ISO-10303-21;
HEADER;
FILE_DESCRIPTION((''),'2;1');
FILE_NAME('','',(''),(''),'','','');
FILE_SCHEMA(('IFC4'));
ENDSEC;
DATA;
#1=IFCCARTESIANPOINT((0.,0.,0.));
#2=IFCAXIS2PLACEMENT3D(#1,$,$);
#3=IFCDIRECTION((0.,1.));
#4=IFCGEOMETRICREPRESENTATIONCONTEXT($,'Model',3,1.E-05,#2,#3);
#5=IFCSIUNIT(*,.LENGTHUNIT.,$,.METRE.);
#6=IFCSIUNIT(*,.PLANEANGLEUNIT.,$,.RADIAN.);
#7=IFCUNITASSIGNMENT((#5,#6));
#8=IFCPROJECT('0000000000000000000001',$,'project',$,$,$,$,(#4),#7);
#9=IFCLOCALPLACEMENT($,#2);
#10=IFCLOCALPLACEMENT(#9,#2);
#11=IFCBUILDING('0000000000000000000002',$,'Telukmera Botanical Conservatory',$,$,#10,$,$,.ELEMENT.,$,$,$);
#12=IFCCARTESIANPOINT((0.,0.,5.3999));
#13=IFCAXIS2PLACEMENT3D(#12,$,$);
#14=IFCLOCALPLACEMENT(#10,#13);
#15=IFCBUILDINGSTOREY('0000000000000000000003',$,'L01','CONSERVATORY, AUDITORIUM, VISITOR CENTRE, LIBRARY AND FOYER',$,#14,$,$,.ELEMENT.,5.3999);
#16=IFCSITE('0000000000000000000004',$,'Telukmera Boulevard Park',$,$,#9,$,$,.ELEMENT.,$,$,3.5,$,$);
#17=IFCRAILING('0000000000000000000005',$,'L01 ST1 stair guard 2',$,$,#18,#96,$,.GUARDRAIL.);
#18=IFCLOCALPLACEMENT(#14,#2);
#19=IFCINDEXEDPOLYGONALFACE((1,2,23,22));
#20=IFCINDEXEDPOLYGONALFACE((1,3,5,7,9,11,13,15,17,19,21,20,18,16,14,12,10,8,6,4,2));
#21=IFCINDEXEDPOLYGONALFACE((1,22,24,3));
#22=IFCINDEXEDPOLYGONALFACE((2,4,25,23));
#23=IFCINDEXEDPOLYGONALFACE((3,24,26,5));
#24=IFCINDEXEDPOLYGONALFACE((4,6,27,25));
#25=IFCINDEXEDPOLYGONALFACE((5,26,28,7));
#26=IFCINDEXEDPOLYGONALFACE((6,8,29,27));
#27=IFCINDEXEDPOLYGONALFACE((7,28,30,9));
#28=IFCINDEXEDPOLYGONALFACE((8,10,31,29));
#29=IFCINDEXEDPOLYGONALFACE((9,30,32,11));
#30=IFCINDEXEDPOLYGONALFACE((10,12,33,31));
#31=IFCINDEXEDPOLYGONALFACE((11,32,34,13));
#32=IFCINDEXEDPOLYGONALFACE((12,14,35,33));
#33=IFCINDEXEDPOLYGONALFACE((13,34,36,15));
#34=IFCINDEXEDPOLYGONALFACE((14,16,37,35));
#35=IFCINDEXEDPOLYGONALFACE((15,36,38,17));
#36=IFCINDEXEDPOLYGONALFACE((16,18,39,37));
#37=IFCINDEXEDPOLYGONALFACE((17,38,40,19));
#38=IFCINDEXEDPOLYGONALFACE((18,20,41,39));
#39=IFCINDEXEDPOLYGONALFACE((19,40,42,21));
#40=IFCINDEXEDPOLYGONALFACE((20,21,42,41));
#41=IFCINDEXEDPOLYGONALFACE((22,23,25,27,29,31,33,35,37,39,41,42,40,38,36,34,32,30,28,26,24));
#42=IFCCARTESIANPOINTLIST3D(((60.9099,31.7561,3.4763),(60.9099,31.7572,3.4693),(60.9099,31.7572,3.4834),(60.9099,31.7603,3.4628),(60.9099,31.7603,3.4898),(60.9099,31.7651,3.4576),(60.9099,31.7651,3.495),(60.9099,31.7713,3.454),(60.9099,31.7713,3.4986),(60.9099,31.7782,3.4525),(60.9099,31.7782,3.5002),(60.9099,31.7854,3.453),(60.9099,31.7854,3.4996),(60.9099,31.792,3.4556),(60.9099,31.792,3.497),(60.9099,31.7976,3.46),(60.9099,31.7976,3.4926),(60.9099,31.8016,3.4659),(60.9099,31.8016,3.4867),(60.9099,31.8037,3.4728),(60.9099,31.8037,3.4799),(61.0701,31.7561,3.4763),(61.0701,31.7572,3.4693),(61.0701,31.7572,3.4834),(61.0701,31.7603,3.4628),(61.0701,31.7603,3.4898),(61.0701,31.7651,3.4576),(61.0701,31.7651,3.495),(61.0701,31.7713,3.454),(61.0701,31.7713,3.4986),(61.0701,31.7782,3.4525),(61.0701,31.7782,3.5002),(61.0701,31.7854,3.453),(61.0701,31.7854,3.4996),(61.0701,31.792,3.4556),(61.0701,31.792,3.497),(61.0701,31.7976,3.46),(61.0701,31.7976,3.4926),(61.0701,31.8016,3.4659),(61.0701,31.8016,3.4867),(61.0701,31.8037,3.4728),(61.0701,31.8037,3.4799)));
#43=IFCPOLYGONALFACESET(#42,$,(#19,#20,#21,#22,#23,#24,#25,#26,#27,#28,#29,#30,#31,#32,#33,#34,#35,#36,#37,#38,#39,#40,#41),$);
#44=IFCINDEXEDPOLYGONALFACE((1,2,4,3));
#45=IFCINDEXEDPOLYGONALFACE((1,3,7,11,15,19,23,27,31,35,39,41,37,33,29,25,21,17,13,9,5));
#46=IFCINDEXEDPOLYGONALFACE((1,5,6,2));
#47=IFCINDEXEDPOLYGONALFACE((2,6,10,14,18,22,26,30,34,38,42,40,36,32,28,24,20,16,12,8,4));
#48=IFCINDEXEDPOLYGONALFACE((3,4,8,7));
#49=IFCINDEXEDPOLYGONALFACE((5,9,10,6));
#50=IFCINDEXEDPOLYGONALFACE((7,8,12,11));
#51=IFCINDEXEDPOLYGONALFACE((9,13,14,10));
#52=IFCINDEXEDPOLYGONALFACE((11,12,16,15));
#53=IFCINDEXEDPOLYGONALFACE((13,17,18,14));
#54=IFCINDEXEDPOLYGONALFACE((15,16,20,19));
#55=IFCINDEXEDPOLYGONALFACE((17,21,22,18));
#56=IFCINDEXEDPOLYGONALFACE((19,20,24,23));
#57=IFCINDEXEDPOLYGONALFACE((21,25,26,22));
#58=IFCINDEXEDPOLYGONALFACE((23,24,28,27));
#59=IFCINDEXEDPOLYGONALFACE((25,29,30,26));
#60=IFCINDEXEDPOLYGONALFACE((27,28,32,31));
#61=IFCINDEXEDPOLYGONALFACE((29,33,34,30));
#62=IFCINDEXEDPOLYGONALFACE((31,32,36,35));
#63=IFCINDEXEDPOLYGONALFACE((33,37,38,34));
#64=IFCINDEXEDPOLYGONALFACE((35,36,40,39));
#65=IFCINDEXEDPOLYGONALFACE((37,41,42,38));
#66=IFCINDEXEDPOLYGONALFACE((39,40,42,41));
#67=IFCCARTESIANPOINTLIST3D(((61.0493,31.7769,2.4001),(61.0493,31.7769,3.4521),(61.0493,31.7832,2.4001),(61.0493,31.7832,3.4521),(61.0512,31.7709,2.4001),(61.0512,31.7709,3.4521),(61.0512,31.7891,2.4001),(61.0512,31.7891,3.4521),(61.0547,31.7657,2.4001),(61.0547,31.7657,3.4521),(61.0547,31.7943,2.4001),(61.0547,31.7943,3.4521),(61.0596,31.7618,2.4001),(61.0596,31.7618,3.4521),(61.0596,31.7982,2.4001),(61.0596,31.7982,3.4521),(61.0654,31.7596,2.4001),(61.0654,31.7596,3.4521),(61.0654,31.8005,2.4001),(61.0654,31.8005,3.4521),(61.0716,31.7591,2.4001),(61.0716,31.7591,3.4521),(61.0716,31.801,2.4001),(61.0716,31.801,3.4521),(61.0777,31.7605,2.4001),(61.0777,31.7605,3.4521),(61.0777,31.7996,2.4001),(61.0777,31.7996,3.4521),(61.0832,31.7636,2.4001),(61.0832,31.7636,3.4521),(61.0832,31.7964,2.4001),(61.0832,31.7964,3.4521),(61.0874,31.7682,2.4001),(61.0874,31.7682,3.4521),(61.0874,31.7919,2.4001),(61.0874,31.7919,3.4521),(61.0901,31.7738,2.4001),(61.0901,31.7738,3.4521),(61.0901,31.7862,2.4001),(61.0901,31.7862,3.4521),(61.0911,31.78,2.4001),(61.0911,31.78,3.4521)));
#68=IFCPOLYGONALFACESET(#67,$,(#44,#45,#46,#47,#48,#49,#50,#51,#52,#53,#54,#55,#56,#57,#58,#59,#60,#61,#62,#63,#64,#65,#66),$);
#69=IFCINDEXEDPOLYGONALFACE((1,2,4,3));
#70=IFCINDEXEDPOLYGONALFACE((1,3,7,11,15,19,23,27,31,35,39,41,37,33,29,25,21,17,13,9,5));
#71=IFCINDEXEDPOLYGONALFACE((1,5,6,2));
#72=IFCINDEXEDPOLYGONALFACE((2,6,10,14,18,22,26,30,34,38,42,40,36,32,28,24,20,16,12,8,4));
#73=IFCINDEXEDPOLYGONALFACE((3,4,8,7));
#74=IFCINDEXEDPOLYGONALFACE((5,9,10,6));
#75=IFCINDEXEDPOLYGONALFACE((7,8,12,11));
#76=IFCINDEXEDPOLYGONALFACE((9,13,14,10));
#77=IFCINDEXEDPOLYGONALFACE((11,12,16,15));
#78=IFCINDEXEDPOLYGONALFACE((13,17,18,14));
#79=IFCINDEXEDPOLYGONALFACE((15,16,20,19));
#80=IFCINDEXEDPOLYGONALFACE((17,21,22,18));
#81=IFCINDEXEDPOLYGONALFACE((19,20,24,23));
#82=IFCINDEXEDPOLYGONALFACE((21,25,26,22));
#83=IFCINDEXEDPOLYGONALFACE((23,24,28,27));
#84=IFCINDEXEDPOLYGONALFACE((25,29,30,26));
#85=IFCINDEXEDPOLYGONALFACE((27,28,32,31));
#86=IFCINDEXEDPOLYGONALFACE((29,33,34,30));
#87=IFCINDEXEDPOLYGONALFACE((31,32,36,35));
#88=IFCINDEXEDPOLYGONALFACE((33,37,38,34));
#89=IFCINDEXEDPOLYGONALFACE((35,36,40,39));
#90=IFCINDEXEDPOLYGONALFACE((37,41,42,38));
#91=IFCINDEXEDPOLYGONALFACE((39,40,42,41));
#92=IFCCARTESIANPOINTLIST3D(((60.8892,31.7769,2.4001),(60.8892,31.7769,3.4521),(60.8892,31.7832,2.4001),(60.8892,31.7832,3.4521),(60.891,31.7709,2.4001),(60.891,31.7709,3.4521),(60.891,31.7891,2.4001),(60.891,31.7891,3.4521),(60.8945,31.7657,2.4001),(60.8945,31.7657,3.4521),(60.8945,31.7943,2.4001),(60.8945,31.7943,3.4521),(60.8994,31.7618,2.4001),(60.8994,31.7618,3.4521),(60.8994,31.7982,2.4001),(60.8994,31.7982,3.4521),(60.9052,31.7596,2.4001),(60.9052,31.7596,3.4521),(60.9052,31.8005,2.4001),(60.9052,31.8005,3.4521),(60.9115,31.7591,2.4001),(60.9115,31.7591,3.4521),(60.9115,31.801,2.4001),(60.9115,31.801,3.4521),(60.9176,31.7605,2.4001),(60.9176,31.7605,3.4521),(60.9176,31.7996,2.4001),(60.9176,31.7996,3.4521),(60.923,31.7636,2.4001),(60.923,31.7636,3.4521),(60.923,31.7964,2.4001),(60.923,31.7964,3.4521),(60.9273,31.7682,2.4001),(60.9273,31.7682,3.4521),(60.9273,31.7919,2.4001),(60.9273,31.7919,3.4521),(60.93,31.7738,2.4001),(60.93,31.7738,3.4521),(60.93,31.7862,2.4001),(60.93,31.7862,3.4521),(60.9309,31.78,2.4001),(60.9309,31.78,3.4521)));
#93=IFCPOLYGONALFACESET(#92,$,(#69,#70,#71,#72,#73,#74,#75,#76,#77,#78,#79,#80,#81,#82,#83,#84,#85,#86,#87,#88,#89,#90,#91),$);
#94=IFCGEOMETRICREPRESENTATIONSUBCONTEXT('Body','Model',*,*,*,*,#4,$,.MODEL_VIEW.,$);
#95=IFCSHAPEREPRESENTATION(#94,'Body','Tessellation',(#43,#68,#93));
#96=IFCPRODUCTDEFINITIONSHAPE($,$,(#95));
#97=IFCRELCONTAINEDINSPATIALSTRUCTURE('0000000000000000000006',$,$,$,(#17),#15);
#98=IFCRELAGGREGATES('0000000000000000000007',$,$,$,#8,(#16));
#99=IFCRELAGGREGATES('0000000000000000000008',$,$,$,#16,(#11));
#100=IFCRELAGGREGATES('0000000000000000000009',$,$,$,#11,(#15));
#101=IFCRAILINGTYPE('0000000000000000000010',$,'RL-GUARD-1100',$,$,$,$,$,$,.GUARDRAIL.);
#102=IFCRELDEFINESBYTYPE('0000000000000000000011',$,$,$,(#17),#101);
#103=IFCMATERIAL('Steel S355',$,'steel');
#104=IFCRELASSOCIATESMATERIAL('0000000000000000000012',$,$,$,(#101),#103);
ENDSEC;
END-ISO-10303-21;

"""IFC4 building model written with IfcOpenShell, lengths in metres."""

from ifc_helpers import new_model, si_unit, direction, frame, origin, origin_2d, place, context, subcontext, project, spatial, circle, extrude, material, type_object, element, save


model = new_model("IFC4")

# Units and contexts
model_context = context("Model", 3, precision=1e-05, world=origin(), true_north=direction((0.0, 1.0)))
body_context = subcontext(model_context, "Body", "Model", "MODEL_VIEW")
ifc_project = project(units=[si_unit("LENGTHUNIT", "METRE"), si_unit("PLANEANGLEUNIT", "RADIAN")], contexts=[model_context])

# Site, building, storey
site_placement = place(None, origin())
site = spatial("IfcSite", under=ifc_project, at=site_placement, Name="Telukmera Boulevard Park", CompositionType="ELEMENT", RefElevation=3.5)
building_placement = place(site_placement, origin())
building = spatial("IfcBuilding", under=site, at=building_placement, Name="Telukmera Botanical Conservatory", CompositionType="ELEMENT")
storey_placement = place(building_placement, frame((0.0, 0.0, 5.3999)))
storey = spatial("IfcBuildingStorey", under=building, at=storey_placement, Name="L01", Description="CONSERVATORY, AUDITORIUM, VISITOR CENTRE, LIBRARY AND FOYER", CompositionType="ELEMENT", Elevation=5.3999)

# Railing
ifc_material_1 = material(Name="Steel S355", Category="steel")
railing_type_1 = type_object("IfcRailingType", Name="RL-GUARD-1100", PredefinedType="GUARDRAIL", material=ifc_material_1)
railing_1_placement = place(storey_placement, frame((61.0701, 31.78, 2.4001)))
element("IfcRailing", 1, at=railing_1_placement, inside=storey, type_object=railing_type_1, Name="L01 ST1 stair guard 2", PredefinedType="GUARDRAIL", context=body_context, shape_type="SweptSolid", body=[
    extrude(circle(Radius=0.0239, at=origin_2d()), frame((0.0, 0.0, 1.0762), z_axis=(-1.0, 0.0, 0.0), x_axis=(0.0, -1.0, 0.0)), (0.0, 0.0, 1.0), 0.1602),
    extrude(circle(Radius=0.021, at=origin_2d()), origin(), (0.0, 0.0, 1.0), 1.052),
    extrude(circle(Radius=0.021, at=origin_2d()), frame((-0.1602, 0.0, 0.0)), (0.0, 0.0, 1.0), 1.052),
])

save(model, "model.ifc")
